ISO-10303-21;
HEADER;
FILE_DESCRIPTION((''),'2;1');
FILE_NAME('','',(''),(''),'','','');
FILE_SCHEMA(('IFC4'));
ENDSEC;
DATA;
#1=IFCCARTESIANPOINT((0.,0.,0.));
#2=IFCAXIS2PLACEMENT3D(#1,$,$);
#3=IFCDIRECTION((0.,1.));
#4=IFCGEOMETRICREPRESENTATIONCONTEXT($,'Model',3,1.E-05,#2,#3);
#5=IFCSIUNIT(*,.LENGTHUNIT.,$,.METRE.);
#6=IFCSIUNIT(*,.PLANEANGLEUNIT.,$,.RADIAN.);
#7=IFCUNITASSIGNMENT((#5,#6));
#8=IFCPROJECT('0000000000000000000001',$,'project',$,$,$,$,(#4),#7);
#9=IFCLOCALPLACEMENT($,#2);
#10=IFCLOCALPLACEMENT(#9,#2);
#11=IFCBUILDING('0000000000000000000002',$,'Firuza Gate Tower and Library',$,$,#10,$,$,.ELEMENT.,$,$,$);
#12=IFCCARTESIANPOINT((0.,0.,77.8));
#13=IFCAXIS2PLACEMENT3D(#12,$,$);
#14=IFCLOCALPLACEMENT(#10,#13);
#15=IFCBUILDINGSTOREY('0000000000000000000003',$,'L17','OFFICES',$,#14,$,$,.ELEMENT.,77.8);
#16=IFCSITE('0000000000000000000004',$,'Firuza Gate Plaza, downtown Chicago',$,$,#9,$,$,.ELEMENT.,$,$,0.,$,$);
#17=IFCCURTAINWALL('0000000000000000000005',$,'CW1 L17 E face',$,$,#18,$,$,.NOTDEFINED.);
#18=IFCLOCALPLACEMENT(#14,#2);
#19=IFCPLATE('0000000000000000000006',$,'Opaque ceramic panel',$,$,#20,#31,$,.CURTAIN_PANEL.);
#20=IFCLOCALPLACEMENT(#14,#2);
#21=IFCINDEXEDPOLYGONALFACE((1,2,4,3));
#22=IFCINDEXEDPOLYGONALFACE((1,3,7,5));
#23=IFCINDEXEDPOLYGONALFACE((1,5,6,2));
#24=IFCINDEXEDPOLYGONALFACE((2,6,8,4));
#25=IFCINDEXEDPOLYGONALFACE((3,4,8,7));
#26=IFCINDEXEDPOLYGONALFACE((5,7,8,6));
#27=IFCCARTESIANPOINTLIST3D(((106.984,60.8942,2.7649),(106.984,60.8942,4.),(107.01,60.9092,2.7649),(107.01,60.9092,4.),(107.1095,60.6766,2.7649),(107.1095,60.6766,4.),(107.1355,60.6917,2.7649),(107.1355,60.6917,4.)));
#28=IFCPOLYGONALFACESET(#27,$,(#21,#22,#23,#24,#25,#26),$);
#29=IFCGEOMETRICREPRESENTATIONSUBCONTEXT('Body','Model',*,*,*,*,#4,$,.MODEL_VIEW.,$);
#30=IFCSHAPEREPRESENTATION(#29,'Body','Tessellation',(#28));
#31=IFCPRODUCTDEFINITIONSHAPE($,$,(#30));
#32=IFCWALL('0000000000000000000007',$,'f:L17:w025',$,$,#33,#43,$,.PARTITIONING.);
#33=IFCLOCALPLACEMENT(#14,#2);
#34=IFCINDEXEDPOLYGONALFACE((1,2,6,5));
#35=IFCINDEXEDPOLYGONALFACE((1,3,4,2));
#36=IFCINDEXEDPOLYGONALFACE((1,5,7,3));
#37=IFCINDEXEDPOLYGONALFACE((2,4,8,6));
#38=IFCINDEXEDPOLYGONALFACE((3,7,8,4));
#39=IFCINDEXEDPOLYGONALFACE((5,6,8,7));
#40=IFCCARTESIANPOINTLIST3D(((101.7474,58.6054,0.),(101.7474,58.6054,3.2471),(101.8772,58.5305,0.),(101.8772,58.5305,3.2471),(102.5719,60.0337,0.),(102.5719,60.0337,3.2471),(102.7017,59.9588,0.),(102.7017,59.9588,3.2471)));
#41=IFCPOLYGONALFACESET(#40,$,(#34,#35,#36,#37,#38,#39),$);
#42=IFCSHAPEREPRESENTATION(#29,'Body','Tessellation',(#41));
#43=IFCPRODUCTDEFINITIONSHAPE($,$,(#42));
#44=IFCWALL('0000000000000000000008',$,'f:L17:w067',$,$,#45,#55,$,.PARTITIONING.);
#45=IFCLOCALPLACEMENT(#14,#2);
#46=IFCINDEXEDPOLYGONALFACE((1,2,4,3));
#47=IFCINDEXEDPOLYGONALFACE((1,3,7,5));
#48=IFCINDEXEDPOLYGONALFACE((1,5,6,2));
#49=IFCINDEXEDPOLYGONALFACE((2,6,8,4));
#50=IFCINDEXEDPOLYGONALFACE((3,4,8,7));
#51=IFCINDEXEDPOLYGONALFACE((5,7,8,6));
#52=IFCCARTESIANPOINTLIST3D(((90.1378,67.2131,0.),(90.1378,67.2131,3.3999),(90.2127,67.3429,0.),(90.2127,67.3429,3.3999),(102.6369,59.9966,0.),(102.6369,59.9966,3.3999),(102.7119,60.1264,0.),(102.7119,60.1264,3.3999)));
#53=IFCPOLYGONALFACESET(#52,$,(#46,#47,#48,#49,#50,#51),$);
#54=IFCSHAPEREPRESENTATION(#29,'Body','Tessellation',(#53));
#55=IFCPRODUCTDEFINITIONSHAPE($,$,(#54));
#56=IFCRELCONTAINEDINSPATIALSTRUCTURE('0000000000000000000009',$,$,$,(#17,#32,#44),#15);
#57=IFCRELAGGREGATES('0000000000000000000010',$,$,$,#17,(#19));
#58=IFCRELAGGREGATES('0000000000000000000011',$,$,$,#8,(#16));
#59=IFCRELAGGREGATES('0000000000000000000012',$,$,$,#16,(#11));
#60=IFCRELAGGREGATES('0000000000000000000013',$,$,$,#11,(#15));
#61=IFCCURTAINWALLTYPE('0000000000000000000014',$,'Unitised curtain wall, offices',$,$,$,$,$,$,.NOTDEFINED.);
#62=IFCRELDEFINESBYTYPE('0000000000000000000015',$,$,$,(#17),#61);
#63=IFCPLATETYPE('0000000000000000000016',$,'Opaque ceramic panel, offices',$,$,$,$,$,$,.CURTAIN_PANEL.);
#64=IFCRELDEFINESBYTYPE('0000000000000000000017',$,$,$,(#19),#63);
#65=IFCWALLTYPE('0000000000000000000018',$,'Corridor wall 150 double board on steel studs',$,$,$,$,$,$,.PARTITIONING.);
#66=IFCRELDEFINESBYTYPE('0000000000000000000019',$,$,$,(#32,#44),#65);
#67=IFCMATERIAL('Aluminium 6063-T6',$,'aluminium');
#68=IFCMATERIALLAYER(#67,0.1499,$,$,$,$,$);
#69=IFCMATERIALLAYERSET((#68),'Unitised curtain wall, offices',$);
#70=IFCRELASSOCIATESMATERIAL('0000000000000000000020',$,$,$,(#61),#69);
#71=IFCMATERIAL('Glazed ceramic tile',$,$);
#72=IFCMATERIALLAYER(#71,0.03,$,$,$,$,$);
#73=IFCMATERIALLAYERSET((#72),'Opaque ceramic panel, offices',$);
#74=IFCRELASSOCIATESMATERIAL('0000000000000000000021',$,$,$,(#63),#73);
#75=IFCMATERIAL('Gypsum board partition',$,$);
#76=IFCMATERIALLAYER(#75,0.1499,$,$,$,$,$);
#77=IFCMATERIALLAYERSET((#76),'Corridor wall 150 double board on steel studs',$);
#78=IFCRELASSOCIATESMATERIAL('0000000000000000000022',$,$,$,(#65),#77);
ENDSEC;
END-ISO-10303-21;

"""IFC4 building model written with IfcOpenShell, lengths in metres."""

from ifc_helpers import new_model, si_unit, direction, frame, frame_2d, origin, place, context, subcontext, project, spatial, polyline, rectangle, outline, extrude, material, layer, layer_set, type_object, element, aggregate, save


model = new_model("IFC4")

# Units and contexts
model_context = context("Model", 3, precision=1e-05, world=origin(), true_north=direction((0.0, 1.0)))
body_context = subcontext(model_context, "Body", "Model", "MODEL_VIEW")
ifc_project = project(units=[si_unit("LENGTHUNIT", "METRE"), si_unit("PLANEANGLEUNIT", "RADIAN")], contexts=[model_context])

# Site, building, storey
site_placement = place(None, origin())
site = spatial("IfcSite", under=ifc_project, at=site_placement, Name="Firuza Gate Plaza, downtown Chicago", CompositionType="ELEMENT", RefElevation=0.0)
building_placement = place(site_placement, origin())
building = spatial("IfcBuilding", under=site, at=building_placement, Name="Firuza Gate Tower and Library", CompositionType="ELEMENT")
storey_placement = place(building_placement, frame((0.0, 0.0, 77.8)))
storey = spatial("IfcBuildingStorey", under=building, at=storey_placement, Name="L17", Description="OFFICES", CompositionType="ELEMENT", Elevation=77.8)

# Shared definitions
ifc_material_1 = material(Name="Aluminium 6063-T6", Category="aluminium")
ifc_layer_1 = layer(ifc_material_1, 0.1499)
ifc_layer_set_1 = layer_set([ifc_layer_1], Name="Unitised curtain wall, offices")
curtain_wall_type_1 = type_object("IfcCurtainWallType", Name="Unitised curtain wall, offices", PredefinedType="NOTDEFINED", material=ifc_layer_set_1)
placement = place(storey_placement, origin())

# Curtain wall
curtain_wall_1 = element("IfcCurtainWall", 1, at=placement, inside=storey, type_object=curtain_wall_type_1, Name="CW1 L17 E face", PredefinedType="NOTDEFINED")

# Plate
ifc_material_2 = material(Name="Glazed ceramic tile")
ifc_layer_2 = layer(ifc_material_2, 0.03)
ifc_layer_set_2 = layer_set([ifc_layer_2], Name="Opaque ceramic panel, offices")
plate_type_1 = type_object("IfcPlateType", Name="Opaque ceramic panel, offices", PredefinedType="CURTAIN_PANEL", material=ifc_layer_set_2)
plate_1_placement = place(storey_placement, frame((107.1355, 60.6917, 2.7649), z_axis=(0.866202, 0.499694, 0.0), x_axis=(-0.499694, 0.866202, 0.0)))
plate_1 = element("IfcPlate", 2, at=plate_1_placement, type_object=plate_type_1, Name="Opaque ceramic panel", PredefinedType="CURTAIN_PANEL", context=body_context, shape_type="SweptSolid", body=[
    extrude(outline(polyline([(0.0, 0.0), (0.2511, 0.0), (0.2511, 1.2351), (0.0, 1.2351), (0.0, 0.0)])), origin(), (0.0, 0.0, -1.0), 0.03),
])
aggregate(curtain_wall_1, [plate_1])

# Walls
ifc_material_3 = material(Name="Gypsum board partition")
ifc_layer_3 = layer(ifc_material_3, 0.1499)
ifc_layer_set_3 = layer_set([ifc_layer_3], Name="Corridor wall 150 double board on steel studs")
wall_type = type_object("IfcWallType", Name="Corridor wall 150 double board on steel studs", PredefinedType="PARTITIONING", material=ifc_layer_set_3)
wall_1_placement = place(storey_placement, frame((101.8123, 58.5679, 0.0), z_axis=(0.0, 0.0, 1.0), x_axis=(0.499945, 0.866057, 0.0)))
element("IfcWall", 3, at=wall_1_placement, inside=storey, type_object=wall_type, Name="f:L17:w025", PredefinedType="PARTITIONING", context=body_context, shape_type="SweptSolid", body=[
    extrude(rectangle(XDim=1.6492, YDim=0.1499, at=frame_2d((0.8247, 0.0))), origin(), (0.0, 0.0, 1.0), 3.2471),
])
wall_2_placement = place(storey_placement, frame((102.6743, 60.0615, 0.0), z_axis=(0.0, 0.0, 1.0), x_axis=(-0.866022, 0.500005, 0.0)))
element("IfcWall", 4, at=wall_2_placement, inside=storey, type_object=wall_type, Name="f:L17:w067", PredefinedType="PARTITIONING", context=body_context, shape_type="SweptSolid", body=[
    extrude(rectangle(XDim=14.4329, YDim=0.1499, at=frame_2d((7.2163, 0.0))), origin(), (0.0, 0.0, 1.0), 3.3999),
])

save(model, "model.ifc")
